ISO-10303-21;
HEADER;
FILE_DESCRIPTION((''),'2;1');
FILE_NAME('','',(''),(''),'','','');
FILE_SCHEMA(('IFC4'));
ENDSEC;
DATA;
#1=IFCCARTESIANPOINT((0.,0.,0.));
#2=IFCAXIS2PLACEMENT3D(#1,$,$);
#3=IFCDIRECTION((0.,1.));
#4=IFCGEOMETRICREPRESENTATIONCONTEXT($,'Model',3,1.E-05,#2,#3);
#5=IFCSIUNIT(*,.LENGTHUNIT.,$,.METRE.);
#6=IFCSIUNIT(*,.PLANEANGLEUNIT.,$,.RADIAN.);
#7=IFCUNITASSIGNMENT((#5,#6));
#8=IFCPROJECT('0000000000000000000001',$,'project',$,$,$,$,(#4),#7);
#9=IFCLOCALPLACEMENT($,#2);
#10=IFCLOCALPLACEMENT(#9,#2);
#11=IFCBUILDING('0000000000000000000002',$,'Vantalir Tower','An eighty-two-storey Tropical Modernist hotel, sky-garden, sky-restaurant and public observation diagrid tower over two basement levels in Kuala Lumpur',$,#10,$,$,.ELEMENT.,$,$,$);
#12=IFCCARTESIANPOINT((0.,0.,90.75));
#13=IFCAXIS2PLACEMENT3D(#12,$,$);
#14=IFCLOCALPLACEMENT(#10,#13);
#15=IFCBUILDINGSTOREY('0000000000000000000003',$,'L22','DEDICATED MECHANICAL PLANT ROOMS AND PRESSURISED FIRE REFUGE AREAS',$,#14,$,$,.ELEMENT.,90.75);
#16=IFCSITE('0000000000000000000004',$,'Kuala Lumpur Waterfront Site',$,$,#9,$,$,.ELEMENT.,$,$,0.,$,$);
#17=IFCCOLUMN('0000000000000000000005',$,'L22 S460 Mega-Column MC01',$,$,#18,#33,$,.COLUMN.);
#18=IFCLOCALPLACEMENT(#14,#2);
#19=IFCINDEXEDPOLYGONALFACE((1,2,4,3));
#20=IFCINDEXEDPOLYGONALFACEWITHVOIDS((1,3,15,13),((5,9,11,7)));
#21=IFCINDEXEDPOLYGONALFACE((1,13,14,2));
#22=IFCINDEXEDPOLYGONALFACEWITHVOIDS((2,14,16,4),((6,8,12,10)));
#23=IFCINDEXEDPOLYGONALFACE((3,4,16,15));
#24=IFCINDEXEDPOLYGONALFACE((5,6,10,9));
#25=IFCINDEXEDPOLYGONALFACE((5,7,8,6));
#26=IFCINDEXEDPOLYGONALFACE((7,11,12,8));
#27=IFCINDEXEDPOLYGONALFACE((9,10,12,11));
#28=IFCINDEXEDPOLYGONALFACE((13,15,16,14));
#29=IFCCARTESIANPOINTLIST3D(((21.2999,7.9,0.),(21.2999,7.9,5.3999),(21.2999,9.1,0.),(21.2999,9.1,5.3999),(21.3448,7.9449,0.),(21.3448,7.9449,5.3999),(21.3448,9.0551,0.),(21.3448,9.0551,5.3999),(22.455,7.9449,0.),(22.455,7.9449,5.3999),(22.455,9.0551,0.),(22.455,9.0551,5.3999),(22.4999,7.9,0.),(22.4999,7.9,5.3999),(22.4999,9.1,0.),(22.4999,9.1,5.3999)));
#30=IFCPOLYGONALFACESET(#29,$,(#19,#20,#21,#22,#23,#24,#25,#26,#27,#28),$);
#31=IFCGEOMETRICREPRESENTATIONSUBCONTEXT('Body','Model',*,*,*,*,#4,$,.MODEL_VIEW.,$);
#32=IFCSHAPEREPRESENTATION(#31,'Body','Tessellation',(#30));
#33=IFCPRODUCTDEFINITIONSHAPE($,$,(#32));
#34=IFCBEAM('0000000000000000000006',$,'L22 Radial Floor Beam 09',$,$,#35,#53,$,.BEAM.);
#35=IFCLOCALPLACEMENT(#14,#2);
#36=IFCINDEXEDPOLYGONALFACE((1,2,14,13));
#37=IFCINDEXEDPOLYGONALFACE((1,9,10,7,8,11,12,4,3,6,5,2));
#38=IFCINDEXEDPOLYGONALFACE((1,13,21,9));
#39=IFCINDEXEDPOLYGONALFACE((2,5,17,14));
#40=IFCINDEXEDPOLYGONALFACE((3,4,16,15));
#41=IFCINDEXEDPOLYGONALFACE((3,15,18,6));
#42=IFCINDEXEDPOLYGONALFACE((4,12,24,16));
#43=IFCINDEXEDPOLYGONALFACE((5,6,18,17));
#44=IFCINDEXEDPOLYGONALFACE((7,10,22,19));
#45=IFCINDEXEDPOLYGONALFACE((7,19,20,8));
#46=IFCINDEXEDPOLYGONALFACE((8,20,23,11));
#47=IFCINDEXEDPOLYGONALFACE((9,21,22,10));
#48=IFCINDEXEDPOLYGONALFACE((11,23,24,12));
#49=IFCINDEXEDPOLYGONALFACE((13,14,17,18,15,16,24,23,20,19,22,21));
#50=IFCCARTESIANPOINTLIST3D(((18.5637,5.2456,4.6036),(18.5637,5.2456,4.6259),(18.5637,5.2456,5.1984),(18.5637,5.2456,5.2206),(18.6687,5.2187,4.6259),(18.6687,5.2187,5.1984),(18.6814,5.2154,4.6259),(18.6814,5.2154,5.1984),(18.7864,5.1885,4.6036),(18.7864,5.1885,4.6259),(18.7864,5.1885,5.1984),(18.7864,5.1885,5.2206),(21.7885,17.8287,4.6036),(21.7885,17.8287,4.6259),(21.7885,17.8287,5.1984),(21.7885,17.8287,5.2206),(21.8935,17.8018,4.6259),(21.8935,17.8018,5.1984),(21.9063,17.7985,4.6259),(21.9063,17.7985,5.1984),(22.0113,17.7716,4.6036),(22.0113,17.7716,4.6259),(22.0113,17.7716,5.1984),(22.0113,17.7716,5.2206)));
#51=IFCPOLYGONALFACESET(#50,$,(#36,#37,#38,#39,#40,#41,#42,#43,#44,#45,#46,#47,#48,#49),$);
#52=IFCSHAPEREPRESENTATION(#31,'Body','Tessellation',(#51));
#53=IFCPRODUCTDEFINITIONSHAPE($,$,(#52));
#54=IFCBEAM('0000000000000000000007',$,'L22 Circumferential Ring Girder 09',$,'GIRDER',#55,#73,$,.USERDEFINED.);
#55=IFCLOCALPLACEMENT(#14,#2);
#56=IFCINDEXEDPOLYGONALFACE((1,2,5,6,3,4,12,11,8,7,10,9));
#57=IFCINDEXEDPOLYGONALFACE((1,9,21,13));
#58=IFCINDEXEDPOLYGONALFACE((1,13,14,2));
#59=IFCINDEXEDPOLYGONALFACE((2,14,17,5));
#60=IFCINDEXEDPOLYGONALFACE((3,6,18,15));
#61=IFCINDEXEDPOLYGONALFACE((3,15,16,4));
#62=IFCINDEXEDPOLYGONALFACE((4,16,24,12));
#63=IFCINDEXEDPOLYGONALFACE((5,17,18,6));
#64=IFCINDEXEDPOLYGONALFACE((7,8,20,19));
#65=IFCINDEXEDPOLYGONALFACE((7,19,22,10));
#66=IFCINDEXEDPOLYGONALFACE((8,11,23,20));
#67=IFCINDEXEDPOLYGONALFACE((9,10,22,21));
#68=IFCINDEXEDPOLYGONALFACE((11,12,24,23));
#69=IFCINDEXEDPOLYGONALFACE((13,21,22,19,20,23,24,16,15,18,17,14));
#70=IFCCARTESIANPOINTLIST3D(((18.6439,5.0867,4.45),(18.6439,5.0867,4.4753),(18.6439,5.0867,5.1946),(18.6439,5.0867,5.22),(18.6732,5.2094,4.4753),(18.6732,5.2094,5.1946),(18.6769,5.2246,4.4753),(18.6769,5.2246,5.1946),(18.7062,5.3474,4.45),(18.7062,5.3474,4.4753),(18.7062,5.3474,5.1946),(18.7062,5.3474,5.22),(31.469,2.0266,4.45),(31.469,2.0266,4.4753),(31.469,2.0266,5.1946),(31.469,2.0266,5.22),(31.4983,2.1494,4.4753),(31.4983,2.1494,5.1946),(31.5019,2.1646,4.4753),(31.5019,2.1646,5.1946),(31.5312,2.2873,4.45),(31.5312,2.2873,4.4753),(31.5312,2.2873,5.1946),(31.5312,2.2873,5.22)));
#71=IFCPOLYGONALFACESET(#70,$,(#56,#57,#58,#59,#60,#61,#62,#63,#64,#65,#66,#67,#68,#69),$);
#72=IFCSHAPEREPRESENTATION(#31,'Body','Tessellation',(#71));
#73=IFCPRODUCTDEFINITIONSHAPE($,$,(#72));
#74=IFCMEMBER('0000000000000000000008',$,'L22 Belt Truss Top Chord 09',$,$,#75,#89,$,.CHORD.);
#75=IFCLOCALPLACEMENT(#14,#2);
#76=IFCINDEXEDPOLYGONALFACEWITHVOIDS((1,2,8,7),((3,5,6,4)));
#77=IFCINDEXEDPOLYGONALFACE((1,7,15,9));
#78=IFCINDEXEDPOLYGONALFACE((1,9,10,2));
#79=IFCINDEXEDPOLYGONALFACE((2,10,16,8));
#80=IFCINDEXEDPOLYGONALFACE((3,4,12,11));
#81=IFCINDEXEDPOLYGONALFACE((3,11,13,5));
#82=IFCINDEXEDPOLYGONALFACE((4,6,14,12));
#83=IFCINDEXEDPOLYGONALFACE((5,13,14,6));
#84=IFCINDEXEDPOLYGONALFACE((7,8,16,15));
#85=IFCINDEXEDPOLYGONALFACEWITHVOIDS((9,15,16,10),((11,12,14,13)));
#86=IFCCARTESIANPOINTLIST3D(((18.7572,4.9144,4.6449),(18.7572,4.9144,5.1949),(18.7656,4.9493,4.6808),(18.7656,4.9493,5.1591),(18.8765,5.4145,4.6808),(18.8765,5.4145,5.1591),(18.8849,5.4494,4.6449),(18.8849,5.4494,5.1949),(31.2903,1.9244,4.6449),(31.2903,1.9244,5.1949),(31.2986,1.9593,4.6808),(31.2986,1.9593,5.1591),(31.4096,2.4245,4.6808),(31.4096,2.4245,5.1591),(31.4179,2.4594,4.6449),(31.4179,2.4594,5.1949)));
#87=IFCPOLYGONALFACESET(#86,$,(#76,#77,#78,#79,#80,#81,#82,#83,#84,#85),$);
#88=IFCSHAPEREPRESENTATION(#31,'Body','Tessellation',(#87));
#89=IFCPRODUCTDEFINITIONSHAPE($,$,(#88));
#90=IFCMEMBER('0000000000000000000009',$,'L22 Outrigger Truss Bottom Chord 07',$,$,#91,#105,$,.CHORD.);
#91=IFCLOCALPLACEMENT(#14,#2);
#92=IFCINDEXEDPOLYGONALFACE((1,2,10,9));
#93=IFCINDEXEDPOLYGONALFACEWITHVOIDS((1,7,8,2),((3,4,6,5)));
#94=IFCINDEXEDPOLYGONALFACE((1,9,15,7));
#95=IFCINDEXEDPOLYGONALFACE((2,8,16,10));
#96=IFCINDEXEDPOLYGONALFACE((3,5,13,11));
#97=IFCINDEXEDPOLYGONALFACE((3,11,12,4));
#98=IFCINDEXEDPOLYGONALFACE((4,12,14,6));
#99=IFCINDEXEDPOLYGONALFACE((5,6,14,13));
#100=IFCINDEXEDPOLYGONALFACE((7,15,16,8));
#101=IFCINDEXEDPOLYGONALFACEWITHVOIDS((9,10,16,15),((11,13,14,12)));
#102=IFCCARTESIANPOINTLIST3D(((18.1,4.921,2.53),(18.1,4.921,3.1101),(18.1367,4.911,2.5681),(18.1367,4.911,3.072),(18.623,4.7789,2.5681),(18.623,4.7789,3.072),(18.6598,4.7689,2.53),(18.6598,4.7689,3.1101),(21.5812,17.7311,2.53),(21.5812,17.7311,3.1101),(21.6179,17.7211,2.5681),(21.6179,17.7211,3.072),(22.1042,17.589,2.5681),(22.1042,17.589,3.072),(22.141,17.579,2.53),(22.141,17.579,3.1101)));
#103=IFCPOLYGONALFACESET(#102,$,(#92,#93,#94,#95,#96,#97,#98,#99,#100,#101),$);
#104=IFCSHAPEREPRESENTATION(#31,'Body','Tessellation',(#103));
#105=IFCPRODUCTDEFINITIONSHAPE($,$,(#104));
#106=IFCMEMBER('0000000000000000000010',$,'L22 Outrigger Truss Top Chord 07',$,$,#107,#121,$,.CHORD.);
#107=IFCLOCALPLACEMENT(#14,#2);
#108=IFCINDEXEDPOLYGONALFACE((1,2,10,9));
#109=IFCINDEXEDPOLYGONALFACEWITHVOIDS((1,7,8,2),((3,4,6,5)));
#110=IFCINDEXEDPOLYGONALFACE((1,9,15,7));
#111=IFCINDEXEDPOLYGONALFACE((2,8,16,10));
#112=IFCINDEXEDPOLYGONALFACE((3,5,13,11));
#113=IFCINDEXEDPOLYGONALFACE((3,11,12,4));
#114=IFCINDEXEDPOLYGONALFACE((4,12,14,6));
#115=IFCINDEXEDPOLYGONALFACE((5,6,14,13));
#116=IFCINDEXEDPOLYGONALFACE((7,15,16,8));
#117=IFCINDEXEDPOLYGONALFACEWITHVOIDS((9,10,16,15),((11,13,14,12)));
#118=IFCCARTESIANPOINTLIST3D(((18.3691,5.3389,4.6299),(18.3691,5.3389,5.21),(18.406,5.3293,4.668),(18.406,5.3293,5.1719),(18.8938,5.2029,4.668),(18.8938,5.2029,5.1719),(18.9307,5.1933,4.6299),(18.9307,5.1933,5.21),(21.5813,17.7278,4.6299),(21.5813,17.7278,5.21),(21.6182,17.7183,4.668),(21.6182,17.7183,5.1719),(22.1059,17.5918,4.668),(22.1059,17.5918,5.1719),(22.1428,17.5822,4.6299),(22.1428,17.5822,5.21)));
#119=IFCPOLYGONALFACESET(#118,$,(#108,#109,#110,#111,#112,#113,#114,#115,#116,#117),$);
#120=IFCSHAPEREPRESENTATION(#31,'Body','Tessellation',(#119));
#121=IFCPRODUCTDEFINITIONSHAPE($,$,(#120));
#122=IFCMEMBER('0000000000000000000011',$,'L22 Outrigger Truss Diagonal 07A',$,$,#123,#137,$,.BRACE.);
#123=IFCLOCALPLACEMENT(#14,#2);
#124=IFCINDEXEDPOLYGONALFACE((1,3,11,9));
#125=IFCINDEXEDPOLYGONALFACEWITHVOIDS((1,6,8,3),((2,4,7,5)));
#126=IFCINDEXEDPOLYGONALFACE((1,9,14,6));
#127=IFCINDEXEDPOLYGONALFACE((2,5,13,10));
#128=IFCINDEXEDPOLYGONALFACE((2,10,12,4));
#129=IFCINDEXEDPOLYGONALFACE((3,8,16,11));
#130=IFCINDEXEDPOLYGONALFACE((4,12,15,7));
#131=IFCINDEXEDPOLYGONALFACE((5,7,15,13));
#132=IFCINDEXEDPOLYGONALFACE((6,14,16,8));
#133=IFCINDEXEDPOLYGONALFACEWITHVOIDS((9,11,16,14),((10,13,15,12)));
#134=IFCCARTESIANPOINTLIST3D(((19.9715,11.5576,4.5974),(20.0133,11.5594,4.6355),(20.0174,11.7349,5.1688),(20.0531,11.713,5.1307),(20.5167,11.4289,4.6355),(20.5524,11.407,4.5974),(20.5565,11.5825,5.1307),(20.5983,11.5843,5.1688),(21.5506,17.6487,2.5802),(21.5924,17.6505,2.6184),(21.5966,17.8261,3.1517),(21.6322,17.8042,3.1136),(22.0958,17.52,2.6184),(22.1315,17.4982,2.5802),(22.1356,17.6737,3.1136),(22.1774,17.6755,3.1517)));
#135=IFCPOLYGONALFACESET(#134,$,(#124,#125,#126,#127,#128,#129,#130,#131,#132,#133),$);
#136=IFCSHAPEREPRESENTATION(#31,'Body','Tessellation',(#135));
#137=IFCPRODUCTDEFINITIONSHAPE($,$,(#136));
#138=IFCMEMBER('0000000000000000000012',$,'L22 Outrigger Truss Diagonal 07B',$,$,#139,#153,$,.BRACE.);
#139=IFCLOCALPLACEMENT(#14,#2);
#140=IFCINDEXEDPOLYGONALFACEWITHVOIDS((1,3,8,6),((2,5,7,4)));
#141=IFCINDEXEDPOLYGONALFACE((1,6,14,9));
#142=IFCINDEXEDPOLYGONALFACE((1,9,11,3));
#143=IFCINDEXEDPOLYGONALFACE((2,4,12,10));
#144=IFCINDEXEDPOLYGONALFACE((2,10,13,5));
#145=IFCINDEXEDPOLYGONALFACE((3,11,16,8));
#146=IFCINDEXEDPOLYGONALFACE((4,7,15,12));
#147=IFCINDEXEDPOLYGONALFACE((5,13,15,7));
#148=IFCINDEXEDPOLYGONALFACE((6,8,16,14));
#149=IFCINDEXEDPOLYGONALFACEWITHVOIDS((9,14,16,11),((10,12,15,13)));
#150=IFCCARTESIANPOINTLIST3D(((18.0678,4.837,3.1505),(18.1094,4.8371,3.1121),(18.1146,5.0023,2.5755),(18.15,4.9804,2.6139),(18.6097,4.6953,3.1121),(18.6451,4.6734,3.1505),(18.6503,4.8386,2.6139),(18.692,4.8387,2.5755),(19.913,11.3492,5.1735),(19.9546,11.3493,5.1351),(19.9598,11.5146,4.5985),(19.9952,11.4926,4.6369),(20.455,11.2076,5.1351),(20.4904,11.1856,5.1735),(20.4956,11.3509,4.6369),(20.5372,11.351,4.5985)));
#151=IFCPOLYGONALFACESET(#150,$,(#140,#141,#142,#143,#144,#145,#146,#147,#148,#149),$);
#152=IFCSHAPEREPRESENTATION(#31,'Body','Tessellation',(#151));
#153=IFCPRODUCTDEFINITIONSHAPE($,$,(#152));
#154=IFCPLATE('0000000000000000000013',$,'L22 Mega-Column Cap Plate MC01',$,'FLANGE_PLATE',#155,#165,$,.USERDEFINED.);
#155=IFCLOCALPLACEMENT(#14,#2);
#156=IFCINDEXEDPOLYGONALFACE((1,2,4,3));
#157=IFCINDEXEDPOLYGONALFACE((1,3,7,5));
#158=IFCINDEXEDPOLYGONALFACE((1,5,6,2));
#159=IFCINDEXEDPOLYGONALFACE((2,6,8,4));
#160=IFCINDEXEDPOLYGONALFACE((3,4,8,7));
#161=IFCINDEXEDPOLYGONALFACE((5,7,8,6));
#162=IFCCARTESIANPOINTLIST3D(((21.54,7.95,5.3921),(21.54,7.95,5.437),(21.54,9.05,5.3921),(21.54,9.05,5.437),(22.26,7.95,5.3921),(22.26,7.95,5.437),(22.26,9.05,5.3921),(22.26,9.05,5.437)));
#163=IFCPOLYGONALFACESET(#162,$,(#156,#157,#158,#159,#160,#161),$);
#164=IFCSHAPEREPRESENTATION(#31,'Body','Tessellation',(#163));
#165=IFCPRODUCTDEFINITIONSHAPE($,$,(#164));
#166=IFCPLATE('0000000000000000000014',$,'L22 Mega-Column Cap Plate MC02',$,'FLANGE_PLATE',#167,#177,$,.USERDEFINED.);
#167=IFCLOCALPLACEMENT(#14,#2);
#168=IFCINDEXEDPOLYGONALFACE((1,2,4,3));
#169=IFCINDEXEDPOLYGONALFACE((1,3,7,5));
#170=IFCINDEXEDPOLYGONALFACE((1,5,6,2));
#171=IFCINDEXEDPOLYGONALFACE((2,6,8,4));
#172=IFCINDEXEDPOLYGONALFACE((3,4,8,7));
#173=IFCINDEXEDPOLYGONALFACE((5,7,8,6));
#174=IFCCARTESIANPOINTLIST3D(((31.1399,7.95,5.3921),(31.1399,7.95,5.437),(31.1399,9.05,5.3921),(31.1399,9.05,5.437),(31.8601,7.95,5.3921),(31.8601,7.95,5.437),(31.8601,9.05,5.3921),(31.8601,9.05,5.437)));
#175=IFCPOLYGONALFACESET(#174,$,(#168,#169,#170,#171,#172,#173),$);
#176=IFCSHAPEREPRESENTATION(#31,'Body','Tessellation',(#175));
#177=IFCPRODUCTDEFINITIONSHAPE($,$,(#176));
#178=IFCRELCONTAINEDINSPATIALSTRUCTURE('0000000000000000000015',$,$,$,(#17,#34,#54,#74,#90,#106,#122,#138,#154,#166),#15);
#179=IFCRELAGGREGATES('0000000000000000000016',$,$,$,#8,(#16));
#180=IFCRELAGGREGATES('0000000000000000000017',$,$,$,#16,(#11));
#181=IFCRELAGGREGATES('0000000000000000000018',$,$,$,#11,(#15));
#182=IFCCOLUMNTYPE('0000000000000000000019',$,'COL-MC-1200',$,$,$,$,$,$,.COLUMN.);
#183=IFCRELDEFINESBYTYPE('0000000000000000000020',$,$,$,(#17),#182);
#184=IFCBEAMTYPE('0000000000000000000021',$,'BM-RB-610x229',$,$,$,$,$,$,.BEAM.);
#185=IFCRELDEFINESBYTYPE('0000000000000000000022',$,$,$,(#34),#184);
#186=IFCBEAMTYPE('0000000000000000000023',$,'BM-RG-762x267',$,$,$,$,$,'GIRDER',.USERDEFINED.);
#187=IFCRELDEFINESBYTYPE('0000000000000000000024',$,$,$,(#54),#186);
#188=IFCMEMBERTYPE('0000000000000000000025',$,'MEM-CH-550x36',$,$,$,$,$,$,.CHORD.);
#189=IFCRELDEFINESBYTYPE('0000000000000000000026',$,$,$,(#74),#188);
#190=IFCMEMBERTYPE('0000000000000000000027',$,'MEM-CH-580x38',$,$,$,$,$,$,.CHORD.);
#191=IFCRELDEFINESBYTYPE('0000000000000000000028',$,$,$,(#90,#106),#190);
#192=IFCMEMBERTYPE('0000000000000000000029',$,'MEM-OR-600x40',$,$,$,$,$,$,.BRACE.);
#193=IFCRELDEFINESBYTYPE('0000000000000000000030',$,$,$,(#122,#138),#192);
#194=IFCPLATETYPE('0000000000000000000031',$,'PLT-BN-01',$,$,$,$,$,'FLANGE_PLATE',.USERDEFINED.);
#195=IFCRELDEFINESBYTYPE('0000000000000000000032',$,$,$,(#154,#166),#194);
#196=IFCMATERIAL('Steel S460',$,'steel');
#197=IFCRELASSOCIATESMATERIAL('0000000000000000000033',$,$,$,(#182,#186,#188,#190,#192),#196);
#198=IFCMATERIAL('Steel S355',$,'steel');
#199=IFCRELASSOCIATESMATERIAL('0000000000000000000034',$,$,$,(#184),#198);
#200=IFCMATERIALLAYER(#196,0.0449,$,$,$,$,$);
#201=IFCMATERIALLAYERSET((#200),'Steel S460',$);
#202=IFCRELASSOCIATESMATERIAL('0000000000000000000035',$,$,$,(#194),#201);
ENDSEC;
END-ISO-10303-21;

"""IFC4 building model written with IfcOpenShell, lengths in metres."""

from ifc_helpers import new_model, si_unit, direction, frame, origin, origin_2d, place, context, subcontext, project, spatial, polyline, hollow_rectangle, i_section, outline, extrude, material, layer, layer_set, material_profile, profile_set, type_object, element, save


model = new_model("IFC4")

# Units and contexts
model_context = context("Model", 3, precision=1e-05, world=origin(), true_north=direction((0.0, 1.0)))
body_context = subcontext(model_context, "Body", "Model", "MODEL_VIEW")
ifc_project = project(units=[si_unit("LENGTHUNIT", "METRE"), si_unit("PLANEANGLEUNIT", "RADIAN")], contexts=[model_context])

# Site, building, storey
site_placement = place(None, origin())
site = spatial("IfcSite", under=ifc_project, at=site_placement, Name="Kuala Lumpur Waterfront Site", CompositionType="ELEMENT", RefElevation=0.0)
building_placement = place(site_placement, origin())
building = spatial("IfcBuilding", under=site, at=building_placement, Name="Vantalir Tower", Description="An eighty-two-storey Tropical Modernist hotel, sky-garden, sky-restaurant and public observation diagrid tower over two basement levels in Kuala Lumpur", CompositionType="ELEMENT")
storey_placement = place(building_placement, frame((0.0, 0.0, 90.75)))
storey = spatial("IfcBuildingStorey", under=building, at=storey_placement, Name="L22", Description="DEDICATED MECHANICAL PLANT ROOMS AND PRESSURISED FIRE REFUGE AREAS", CompositionType="ELEMENT", Elevation=90.75)

# Column
ifc_material_1 = material(Name="Steel S460", Category="steel")
ifc_material_profile_1 = material_profile(ifc_material_1, hollow_rectangle(XDim=1.2, YDim=1.2, WallThickness=0.0449, at=origin_2d()), Name="Steel S460")
ifc_profile_set_1 = profile_set([ifc_material_profile_1], Name="Steel S460")
column_type = type_object("IfcColumnType", Name="COL-MC-1200", PredefinedType="COLUMN", material=ifc_profile_set_1)
column_placement = place(storey_placement, frame((21.8999, 8.5, 0.0), z_axis=(0.0, 0.0, 1.0), x_axis=(1.0, 0.0, 0.0)))
element("IfcColumn", 1, at=column_placement, inside=storey, type_object=column_type, Name="L22 S460 Mega-Column MC01", PredefinedType="COLUMN", context=body_context, shape_type="SweptSolid", body=[
    extrude(hollow_rectangle(XDim=1.2, YDim=1.2, WallThickness=0.0449, at=origin_2d()), origin(), (0.0, 0.0, 1.0), 5.3999),
])

# Beams
ifc_material_2 = material(Name="Steel S355", Category="steel")
ifc_material_profile_2 = material_profile(ifc_material_2, i_section(OverallWidth=0.23, OverallDepth=0.6169, WebThickness=0.0132, FlangeThickness=0.0222, at=origin_2d()), Name="Steel S355")
ifc_profile_set_2 = profile_set([ifc_material_profile_2], Name="Steel S355")
beam_type_1 = type_object("IfcBeamType", Name="BM-RB-610x229", PredefinedType="BEAM", material=ifc_profile_set_2)
beam_1_placement = place(storey_placement, frame((18.675, 5.217, 4.9121), z_axis=(0.248263, 0.968693, 0.0), x_axis=(-0.968693, 0.248263, 0.0)))
element("IfcBeam", 2, at=beam_1_placement, inside=storey, type_object=beam_type_1, Name="L22 Radial Floor Beam 09", PredefinedType="BEAM", context=body_context, shape_type="SweptSolid", body=[
    extrude(i_section(OverallWidth=0.23, OverallDepth=0.6169, WebThickness=0.0132, FlangeThickness=0.0222, at=origin_2d()), origin(), (0.0, 0.0, 1.0), 12.9897),
])
ifc_material_profile_3 = material_profile(ifc_material_1, i_section(OverallWidth=0.2681, OverallDepth=0.77, WebThickness=0.0156, FlangeThickness=0.0254, at=origin_2d()), Name="Steel S460")
ifc_profile_set_3 = profile_set([ifc_material_profile_3], Name="Steel S460")
beam_type_2 = type_object("IfcBeamType", Name="BM-RG-762x267", ElementType="GIRDER", PredefinedType="USERDEFINED", material=ifc_profile_set_3)
beam_2_placement = place(storey_placement, frame((18.675, 5.217, 4.835), z_axis=(0.972695, -0.232087, 0.0), x_axis=(0.232087, 0.972695, 0.0)))
element("IfcBeam", 3, at=beam_2_placement, inside=storey, type_object=beam_type_2, Name="L22 Circumferential Ring Girder 09", ObjectType="GIRDER", PredefinedType="USERDEFINED", context=body_context, shape_type="SweptSolid", body=[
    extrude(i_section(OverallWidth=0.2681, OverallDepth=0.77, WebThickness=0.0156, FlangeThickness=0.0254, at=origin_2d()), origin(), (0.0, 0.0, 1.0), 13.1851),
])

# Members
ifc_material_profile_4 = material_profile(ifc_material_1, hollow_rectangle(XDim=0.55, YDim=0.55, WallThickness=0.0359, at=origin_2d()), Name="Steel S460")
ifc_profile_set_4 = profile_set([ifc_material_profile_4], Name="Steel S460")
member_type_1 = type_object("IfcMemberType", Name="MEM-CH-550x36", PredefinedType="CHORD", material=ifc_profile_set_4)
member_1_placement = place(storey_placement, frame((18.821, 5.1819, 4.9199), z_axis=(0.972702, -0.232058, 0.0), x_axis=(0.232058, 0.972702, 0.0)))
element("IfcMember", 4, at=member_1_placement, inside=storey, type_object=member_type_1, Name="L22 Belt Truss Top Chord 09", PredefinedType="CHORD", context=body_context, shape_type="SweptSolid", body=[
    extrude(hollow_rectangle(XDim=0.55, YDim=0.55, WallThickness=0.0359, at=origin_2d()), origin(), (0.0, 0.0, 1.0), 12.8848),
])
ifc_material_profile_5 = material_profile(ifc_material_1, hollow_rectangle(XDim=0.5801, YDim=0.5801, WallThickness=0.0381, at=origin_2d()), Name="Steel S460")
ifc_profile_set_5 = profile_set([ifc_material_profile_5], Name="Steel S460")
member_type_2 = type_object("IfcMemberType", Name="MEM-CH-580x38", PredefinedType="CHORD", material=ifc_profile_set_5)
member_2_placement = place(storey_placement, frame((21.8611, 17.655, 2.8201), z_axis=(-0.262244, -0.965002, 0.0), x_axis=(0.965002, -0.262244, 0.0)))
element("IfcMember", 5, at=member_2_placement, inside=storey, type_object=member_type_2, Name="L22 Outrigger Truss Bottom Chord 07", PredefinedType="CHORD", context=body_context, shape_type="SweptSolid", body=[
    extrude(hollow_rectangle(XDim=0.5801, YDim=0.5801, WallThickness=0.0381, at=origin_2d()), origin(), (0.0, 0.0, 1.0), 13.2747),
])
member_3_placement = place(storey_placement, frame((21.8621, 17.655, 4.9199), z_axis=(-0.250978, -0.967993, 0.0), x_axis=(0.967993, -0.250978, 0.0)))
element("IfcMember", 6, at=member_3_placement, inside=storey, type_object=member_type_2, Name="L22 Outrigger Truss Top Chord 07", PredefinedType="CHORD", context=body_context, shape_type="SweptSolid", body=[
    extrude(hollow_rectangle(XDim=0.5801, YDim=0.5801, WallThickness=0.0381, at=origin_2d()), origin(), (0.0, 0.0, 1.0), 12.7986),
])
ifc_material_profile_6 = material_profile(ifc_material_1, hollow_rectangle(XDim=0.6001, YDim=0.6001, WallThickness=0.04, at=origin_2d()), Name="Steel S460")
ifc_profile_set_6 = profile_set([ifc_material_profile_6], Name="Steel S460")
member_type_3 = type_object("IfcMemberType", Name="MEM-OR-600x40", PredefinedType="BRACE", material=ifc_profile_set_6)
member_4_placement = place(storey_placement, frame((21.864, 17.6621, 2.866), z_axis=(-0.238975, -0.921796, 0.305258), x_axis=(0.967999, -0.250953, 0.0)))
element("IfcMember", 7, at=member_4_placement, inside=storey, type_object=member_type_3, Name="L22 Outrigger Truss Diagonal 07A", PredefinedType="BRACE", context=body_context, shape_type="SweptSolid", body=[
    extrude(hollow_rectangle(XDim=0.6001, YDim=0.6001, WallThickness=0.04, at=origin_2d()), origin(), (0.0, 0.0, 1.0), 6.6079),
])
member_5_placement = place(storey_placement, frame((20.2251, 11.3501, 4.886), z_axis=(-0.261198, -0.921832, -0.286358), x_axis=(0.962123, -0.272615, 0.0)))
element("IfcMember", 8, at=member_5_placement, inside=storey, type_object=member_type_3, Name="L22 Outrigger Truss Diagonal 07B", PredefinedType="BRACE", context=body_context, shape_type="SweptSolid", body=[
    extrude(hollow_rectangle(XDim=0.6001, YDim=0.6001, WallThickness=0.04, at=origin_2d()), origin(), (0.0, 0.0, 1.0), 7.0645),
])

# Plates
ifc_layer_1 = layer(ifc_material_1, 0.0449)
ifc_layer_set_1 = layer_set([ifc_layer_1], Name="Steel S460")
plate_type_1 = type_object("IfcPlateType", Name="PLT-BN-01", ElementType="FLANGE_PLATE", PredefinedType="USERDEFINED", material=ifc_layer_set_1)
plate_1_placement = place(storey_placement, frame((21.54, 9.05, 5.437), z_axis=(0.0, 0.0, 1.0), x_axis=(0.0, -1.0, 0.0)))
element("IfcPlate", 9, at=plate_1_placement, inside=storey, type_object=plate_type_1, Name="L22 Mega-Column Cap Plate MC01", ObjectType="FLANGE_PLATE", PredefinedType="USERDEFINED", context=body_context, shape_type="SweptSolid", body=[
    extrude(outline(polyline([(0.0, 0.0), (1.1001, 0.0), (1.1001, 0.72), (0.0, 0.72), (0.0, 0.0)])), origin(), (0.0, 0.0, -1.0), 0.0449),
])
plate_2_placement = place(storey_placement, frame((31.1399, 9.05, 5.437), z_axis=(0.0, 0.0, 1.0), x_axis=(0.0, -1.0, 0.0)))
element("IfcPlate", 10, at=plate_2_placement, inside=storey, type_object=plate_type_1, Name="L22 Mega-Column Cap Plate MC02", ObjectType="FLANGE_PLATE", PredefinedType="USERDEFINED", context=body_context, shape_type="SweptSolid", body=[
    extrude(outline(polyline([(0.0, 0.0), (1.1001, 0.0), (1.1001, 0.7202), (0.0, 0.7202), (0.0, 0.0)])), origin(), (0.0, 0.0, -1.0), 0.0449),
])

save(model, "model.ifc")
